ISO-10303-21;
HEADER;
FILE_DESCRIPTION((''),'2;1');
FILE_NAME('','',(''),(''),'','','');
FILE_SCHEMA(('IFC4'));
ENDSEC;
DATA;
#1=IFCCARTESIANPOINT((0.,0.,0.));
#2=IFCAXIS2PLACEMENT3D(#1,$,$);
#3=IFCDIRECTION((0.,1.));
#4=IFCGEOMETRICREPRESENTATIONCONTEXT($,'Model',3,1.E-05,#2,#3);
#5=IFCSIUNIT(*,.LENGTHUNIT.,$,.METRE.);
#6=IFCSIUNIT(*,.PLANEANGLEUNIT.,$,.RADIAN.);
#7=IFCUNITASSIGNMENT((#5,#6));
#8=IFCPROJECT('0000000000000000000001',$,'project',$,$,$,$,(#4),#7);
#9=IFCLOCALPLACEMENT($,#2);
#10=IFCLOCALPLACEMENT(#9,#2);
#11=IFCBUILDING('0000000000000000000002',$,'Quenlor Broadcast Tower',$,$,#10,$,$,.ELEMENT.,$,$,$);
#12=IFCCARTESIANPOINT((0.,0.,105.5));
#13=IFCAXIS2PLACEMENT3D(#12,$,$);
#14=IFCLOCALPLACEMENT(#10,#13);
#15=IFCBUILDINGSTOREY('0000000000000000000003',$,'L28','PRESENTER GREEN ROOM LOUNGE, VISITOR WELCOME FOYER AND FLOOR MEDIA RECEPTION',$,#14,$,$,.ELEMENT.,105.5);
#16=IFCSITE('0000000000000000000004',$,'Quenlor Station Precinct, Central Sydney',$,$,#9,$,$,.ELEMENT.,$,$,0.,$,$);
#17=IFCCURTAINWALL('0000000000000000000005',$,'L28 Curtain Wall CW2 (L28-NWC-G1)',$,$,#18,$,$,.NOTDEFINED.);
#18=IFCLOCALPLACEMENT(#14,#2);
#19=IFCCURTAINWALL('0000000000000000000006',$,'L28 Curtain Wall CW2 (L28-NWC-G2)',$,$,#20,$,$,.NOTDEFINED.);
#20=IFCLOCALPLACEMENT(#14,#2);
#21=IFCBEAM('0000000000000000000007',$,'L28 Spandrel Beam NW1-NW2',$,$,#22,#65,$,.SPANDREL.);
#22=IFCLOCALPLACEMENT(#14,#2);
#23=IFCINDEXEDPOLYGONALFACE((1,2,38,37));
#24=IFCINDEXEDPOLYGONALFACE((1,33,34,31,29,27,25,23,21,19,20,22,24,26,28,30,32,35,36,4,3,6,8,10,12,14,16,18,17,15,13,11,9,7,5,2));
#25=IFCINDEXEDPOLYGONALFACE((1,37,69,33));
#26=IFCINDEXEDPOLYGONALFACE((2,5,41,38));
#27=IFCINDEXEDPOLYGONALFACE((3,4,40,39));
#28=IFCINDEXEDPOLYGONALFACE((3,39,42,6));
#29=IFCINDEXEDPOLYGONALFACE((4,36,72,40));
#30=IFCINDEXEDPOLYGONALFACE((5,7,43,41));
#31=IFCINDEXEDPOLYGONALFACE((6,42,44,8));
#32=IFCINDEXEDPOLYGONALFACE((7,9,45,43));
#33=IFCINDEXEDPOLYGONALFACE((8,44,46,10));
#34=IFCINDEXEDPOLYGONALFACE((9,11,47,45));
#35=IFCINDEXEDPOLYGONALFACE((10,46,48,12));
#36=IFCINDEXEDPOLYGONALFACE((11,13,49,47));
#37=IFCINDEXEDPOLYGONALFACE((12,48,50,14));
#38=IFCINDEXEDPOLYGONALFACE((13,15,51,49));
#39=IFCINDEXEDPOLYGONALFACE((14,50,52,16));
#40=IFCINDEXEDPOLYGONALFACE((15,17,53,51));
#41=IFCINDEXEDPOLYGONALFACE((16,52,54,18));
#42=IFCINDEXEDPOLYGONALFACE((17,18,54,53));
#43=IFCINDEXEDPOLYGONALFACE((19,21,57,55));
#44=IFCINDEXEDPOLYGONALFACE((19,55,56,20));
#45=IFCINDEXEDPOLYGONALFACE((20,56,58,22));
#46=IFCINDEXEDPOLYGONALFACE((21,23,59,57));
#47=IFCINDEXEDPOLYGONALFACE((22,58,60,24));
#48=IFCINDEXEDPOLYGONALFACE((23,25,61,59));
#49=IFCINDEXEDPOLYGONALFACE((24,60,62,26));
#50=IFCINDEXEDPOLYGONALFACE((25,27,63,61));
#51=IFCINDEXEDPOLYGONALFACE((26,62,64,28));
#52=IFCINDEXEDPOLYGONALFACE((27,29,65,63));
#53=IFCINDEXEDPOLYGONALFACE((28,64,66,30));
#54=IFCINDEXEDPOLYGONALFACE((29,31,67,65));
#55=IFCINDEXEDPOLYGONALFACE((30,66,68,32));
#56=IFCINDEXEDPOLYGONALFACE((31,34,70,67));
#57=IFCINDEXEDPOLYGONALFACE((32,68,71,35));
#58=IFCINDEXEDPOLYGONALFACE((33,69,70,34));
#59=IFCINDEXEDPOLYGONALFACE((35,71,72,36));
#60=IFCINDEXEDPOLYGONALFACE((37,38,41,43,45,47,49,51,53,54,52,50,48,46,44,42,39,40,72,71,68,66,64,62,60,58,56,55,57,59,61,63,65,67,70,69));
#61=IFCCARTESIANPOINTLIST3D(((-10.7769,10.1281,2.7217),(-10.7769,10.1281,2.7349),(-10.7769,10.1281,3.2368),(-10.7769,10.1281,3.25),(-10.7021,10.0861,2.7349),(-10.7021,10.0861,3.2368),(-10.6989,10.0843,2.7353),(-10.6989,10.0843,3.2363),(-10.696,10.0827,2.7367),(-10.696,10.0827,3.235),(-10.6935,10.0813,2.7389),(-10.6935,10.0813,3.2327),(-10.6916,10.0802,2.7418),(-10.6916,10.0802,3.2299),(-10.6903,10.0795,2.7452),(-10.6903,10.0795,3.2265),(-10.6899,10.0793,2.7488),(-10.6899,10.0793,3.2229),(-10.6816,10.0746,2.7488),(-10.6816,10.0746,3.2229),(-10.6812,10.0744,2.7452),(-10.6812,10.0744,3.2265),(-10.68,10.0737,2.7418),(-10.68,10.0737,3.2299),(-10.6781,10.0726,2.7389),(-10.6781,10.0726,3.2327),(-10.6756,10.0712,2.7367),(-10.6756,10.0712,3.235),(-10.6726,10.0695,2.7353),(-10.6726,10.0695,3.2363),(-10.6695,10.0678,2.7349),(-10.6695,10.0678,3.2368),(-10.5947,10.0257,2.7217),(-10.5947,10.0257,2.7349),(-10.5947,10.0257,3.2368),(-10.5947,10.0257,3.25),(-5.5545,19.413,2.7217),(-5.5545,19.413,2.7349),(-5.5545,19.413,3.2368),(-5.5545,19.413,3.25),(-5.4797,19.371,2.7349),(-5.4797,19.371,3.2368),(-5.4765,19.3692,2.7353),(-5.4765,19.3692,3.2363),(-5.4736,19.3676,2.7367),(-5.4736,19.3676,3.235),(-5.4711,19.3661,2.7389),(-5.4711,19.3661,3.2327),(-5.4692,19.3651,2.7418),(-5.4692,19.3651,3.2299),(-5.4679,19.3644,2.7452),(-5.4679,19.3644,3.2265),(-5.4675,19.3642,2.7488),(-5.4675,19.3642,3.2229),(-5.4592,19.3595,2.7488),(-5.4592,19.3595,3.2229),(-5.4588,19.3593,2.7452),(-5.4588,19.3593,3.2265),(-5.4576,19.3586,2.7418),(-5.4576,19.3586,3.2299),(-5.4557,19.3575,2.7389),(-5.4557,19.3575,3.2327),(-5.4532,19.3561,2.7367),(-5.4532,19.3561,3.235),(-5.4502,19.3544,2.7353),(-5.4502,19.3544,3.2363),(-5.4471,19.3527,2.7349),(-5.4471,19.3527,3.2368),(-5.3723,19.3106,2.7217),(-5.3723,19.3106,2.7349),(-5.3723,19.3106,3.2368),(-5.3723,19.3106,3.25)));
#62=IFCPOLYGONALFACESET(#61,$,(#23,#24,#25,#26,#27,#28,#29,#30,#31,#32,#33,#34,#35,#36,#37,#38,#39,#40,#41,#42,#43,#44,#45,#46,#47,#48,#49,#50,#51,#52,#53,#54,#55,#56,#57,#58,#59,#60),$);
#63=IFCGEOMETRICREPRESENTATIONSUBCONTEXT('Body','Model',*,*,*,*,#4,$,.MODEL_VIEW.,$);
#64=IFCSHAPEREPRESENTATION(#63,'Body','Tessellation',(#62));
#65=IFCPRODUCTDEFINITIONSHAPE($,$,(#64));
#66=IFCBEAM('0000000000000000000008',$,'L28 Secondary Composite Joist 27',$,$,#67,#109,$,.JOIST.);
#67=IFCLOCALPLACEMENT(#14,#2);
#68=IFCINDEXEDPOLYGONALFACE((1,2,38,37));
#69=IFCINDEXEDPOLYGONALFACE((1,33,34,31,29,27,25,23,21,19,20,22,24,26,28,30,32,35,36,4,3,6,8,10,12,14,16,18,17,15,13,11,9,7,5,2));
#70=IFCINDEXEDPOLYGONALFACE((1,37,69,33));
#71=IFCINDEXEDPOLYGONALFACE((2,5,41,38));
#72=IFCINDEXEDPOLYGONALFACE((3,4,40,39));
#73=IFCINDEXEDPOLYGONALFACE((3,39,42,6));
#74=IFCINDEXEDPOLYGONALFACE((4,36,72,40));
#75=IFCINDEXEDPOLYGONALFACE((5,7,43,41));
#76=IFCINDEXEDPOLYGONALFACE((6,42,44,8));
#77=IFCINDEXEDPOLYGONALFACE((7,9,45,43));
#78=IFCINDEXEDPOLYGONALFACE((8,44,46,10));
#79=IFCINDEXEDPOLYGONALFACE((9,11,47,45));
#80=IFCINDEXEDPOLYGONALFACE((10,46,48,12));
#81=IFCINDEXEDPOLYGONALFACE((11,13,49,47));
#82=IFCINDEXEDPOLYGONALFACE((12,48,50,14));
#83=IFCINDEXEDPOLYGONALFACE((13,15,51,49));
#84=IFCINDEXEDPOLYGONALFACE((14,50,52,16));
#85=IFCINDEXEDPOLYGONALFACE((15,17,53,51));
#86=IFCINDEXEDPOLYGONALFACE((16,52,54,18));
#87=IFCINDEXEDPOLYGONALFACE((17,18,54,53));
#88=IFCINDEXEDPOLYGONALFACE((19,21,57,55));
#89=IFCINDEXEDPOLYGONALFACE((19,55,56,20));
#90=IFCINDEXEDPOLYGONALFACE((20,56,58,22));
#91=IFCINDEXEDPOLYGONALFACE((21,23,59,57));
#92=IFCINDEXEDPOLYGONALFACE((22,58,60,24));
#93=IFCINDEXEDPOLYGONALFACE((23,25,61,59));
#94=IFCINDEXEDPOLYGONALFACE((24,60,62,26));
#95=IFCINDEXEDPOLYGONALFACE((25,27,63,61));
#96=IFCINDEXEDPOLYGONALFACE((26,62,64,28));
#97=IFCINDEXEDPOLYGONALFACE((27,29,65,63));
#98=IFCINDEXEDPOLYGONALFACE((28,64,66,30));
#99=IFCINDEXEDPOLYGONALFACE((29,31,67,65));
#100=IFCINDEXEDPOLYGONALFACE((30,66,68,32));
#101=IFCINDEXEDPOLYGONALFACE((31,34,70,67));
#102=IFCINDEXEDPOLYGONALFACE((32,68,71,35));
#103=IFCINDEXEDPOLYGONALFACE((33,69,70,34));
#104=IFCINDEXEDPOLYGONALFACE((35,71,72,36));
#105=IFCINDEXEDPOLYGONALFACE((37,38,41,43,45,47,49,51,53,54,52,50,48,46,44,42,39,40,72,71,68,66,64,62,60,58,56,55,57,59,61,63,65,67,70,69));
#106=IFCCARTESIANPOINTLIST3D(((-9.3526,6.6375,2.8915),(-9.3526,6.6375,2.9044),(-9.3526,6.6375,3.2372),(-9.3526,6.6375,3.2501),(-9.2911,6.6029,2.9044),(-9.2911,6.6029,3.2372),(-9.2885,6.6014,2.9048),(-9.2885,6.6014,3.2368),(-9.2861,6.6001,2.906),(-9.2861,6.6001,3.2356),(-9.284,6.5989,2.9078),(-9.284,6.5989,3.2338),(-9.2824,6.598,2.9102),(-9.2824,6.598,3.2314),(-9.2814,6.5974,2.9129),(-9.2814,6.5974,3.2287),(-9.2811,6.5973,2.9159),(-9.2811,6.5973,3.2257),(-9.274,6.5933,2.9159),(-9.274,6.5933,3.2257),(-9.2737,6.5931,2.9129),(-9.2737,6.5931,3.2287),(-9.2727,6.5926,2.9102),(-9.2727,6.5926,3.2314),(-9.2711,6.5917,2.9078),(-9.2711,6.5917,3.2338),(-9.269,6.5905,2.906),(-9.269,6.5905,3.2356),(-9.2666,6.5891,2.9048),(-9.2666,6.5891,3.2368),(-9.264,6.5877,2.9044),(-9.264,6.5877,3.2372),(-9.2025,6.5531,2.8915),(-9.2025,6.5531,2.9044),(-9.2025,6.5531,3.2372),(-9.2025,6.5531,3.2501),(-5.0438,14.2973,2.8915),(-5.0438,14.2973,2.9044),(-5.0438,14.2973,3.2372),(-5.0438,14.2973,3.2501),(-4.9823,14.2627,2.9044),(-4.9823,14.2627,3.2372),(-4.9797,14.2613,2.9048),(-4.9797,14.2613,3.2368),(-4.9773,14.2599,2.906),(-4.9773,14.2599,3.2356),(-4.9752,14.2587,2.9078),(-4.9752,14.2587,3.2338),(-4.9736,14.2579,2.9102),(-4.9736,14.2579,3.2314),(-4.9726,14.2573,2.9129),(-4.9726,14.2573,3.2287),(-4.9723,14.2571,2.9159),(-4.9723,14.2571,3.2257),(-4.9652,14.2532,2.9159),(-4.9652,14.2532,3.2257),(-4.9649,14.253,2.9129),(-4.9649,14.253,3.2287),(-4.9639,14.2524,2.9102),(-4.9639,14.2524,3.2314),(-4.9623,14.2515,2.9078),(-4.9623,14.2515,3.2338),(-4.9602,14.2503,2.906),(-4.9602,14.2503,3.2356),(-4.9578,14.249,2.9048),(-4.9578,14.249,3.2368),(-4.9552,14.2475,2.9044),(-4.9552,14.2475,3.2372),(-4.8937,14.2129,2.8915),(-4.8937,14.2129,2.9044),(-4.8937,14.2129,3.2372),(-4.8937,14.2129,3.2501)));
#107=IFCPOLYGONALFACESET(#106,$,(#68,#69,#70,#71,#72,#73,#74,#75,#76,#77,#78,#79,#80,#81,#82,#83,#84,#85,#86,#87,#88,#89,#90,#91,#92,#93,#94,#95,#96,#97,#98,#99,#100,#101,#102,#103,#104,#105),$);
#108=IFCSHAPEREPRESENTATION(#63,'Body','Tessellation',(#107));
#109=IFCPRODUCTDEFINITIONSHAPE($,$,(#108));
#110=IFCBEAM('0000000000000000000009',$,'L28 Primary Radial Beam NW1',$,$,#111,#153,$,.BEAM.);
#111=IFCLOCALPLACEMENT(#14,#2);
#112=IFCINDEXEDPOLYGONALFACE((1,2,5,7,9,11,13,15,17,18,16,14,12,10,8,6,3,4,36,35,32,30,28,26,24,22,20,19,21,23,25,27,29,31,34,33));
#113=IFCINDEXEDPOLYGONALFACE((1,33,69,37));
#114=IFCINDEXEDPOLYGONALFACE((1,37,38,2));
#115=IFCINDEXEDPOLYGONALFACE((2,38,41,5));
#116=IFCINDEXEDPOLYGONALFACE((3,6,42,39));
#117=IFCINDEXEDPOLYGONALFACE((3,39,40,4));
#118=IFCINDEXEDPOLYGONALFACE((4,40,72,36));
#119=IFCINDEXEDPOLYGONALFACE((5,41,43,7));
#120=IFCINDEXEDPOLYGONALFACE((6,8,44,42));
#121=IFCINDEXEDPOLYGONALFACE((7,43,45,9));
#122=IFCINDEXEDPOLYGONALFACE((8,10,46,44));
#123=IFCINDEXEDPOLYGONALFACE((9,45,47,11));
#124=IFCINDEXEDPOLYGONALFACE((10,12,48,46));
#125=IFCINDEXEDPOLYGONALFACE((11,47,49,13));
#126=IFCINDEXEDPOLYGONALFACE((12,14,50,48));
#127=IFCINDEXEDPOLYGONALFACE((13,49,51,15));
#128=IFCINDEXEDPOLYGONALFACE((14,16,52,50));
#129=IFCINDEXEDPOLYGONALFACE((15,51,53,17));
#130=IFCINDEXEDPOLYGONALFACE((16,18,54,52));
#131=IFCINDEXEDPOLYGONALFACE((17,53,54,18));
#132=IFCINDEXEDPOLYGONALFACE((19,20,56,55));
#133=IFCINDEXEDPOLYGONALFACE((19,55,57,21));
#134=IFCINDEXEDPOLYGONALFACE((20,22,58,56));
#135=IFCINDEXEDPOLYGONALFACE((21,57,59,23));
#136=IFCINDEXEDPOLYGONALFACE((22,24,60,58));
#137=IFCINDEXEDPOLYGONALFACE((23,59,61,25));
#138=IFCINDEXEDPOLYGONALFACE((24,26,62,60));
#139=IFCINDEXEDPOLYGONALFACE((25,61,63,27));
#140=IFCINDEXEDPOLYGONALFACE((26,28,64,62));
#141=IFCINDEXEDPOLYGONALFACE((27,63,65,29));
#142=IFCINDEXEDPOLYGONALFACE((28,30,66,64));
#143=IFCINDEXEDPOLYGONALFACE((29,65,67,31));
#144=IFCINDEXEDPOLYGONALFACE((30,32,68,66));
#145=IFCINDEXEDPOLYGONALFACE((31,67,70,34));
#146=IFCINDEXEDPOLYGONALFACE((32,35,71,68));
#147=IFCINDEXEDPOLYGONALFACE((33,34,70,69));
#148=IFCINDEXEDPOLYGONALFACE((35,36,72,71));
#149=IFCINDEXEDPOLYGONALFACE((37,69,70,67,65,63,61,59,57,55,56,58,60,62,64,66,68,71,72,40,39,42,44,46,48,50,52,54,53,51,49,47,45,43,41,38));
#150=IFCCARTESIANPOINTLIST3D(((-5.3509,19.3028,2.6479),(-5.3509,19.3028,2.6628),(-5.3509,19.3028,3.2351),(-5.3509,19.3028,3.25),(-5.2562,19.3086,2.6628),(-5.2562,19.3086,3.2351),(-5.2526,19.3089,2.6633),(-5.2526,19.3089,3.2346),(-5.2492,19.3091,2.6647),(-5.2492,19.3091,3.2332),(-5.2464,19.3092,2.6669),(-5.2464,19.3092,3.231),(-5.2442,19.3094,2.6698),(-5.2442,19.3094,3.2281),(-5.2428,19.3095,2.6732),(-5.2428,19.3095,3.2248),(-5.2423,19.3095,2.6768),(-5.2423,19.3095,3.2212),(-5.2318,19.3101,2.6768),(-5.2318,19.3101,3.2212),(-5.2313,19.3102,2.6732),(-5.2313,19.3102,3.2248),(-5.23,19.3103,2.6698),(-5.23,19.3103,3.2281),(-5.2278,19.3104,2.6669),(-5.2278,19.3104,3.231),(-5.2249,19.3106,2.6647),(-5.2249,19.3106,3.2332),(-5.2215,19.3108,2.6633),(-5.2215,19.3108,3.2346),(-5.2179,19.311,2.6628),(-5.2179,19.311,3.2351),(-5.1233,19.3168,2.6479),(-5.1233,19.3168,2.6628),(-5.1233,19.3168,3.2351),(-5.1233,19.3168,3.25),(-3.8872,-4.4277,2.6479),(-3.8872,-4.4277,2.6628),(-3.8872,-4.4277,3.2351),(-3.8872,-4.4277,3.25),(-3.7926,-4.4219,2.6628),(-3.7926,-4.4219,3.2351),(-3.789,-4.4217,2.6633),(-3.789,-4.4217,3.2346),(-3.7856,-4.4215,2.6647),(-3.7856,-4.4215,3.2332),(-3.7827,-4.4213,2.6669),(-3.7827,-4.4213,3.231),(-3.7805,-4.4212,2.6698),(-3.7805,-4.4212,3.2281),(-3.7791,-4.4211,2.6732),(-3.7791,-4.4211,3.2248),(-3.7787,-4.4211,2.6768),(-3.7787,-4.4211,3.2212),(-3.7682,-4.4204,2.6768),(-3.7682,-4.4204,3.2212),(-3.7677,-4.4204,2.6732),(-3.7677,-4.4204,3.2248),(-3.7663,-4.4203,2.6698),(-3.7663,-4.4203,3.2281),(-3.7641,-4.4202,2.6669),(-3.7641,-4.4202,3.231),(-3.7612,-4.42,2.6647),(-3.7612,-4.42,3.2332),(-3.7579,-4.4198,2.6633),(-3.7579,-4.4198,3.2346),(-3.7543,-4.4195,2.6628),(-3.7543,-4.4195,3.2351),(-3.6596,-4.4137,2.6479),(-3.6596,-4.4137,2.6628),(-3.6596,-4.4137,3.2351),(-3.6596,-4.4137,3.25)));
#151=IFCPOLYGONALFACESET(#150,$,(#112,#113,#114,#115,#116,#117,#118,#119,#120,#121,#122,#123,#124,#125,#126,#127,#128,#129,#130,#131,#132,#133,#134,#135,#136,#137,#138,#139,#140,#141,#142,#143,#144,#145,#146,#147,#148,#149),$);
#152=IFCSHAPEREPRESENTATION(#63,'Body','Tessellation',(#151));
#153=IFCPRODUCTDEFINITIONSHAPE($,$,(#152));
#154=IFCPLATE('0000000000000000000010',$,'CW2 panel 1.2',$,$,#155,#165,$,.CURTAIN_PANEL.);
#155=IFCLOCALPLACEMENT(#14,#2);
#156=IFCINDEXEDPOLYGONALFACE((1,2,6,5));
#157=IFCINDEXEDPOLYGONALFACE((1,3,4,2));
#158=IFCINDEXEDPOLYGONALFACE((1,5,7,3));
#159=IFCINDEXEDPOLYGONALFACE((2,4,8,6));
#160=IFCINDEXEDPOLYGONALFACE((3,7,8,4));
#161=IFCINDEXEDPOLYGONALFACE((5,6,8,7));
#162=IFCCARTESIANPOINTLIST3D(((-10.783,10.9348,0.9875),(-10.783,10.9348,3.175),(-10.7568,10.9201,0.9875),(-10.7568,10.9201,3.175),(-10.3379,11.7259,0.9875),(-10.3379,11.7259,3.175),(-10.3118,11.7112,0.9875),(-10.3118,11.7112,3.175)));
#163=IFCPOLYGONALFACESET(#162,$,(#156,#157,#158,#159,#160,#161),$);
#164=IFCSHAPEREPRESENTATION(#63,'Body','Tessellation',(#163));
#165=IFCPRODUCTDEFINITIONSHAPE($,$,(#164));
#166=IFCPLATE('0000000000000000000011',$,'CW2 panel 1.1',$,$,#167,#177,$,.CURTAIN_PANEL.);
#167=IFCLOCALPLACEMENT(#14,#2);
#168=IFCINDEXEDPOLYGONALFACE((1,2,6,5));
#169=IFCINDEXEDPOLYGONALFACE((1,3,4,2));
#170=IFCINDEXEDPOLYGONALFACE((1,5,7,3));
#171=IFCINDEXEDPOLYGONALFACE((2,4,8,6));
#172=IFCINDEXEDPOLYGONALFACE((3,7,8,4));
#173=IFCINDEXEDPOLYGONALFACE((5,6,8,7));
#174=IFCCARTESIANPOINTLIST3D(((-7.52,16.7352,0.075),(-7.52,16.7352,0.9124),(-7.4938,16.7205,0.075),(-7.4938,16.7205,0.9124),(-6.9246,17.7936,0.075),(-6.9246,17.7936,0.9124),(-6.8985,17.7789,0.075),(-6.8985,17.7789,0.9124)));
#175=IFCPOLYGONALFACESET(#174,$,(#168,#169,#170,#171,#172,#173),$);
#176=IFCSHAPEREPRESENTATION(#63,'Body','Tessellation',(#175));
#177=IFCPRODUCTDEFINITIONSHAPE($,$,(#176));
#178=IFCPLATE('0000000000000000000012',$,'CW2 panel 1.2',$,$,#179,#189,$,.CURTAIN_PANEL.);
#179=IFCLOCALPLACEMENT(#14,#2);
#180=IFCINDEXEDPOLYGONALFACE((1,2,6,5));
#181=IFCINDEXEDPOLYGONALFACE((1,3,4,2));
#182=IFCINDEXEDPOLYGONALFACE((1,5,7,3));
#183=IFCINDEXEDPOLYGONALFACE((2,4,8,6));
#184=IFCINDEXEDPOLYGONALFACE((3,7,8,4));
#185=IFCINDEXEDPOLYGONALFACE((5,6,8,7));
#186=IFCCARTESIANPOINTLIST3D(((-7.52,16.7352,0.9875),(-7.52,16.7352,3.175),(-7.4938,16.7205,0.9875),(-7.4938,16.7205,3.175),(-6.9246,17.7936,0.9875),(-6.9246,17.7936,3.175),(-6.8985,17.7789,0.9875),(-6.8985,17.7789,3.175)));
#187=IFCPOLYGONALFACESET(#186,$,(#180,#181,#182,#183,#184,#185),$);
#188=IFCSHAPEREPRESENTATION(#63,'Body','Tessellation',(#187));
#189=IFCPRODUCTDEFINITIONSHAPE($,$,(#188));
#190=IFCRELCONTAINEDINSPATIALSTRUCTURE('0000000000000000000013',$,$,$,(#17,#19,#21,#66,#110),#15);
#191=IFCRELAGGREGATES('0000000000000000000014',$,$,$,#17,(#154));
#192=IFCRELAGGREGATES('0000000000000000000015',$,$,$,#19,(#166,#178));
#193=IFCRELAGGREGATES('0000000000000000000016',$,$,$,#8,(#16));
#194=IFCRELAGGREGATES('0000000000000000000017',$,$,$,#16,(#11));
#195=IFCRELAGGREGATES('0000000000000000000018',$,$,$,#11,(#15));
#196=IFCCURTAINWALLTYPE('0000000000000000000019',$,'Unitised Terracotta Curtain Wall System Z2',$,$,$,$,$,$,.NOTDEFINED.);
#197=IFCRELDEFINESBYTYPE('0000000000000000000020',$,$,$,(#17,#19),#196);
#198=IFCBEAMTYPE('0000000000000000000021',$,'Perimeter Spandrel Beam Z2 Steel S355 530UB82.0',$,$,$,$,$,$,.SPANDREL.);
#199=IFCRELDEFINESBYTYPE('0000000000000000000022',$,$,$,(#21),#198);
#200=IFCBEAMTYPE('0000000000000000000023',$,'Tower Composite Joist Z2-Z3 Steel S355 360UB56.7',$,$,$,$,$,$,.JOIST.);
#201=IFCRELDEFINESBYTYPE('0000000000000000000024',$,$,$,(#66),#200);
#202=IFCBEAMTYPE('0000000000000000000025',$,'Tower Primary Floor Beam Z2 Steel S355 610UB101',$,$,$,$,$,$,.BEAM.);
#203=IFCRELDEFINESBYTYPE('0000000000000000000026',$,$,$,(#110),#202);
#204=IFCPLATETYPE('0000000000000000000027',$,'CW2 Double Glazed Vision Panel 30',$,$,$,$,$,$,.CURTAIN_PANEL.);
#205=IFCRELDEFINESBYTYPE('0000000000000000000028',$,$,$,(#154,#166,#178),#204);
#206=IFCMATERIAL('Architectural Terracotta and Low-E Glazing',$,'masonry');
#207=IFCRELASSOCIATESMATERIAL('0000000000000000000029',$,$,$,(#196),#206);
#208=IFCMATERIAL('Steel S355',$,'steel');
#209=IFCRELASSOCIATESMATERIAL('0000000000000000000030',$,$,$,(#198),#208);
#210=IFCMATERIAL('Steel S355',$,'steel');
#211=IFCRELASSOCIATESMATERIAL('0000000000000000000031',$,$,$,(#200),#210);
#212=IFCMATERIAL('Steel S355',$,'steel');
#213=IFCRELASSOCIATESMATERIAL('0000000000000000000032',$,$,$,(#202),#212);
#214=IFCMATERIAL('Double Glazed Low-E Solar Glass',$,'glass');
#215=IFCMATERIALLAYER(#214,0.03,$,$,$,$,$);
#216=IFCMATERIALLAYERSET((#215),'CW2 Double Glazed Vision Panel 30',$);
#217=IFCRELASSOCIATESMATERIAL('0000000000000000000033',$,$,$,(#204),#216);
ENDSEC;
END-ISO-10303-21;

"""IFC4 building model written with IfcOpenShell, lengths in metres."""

from ifc_helpers import new_model, si_unit, direction, frame, origin, origin_2d, place, context, subcontext, project, spatial, rectangle, i_section, extrude, material, layer, layer_set, material_profile, profile_set, type_object, element, aggregate, save


model = new_model("IFC4")

# Units and contexts
model_context = context("Model", 3, precision=1e-05, world=origin(), true_north=direction((0.0, 1.0)))
body_context = subcontext(model_context, "Body", "Model", "MODEL_VIEW")
ifc_project = project(units=[si_unit("LENGTHUNIT", "METRE"), si_unit("PLANEANGLEUNIT", "RADIAN")], contexts=[model_context])

# Site, building, storey
site_placement = place(None, origin())
site = spatial("IfcSite", under=ifc_project, at=site_placement, Name="Quenlor Station Precinct, Central Sydney", CompositionType="ELEMENT", RefElevation=0.0)
building_placement = place(site_placement, origin())
building = spatial("IfcBuilding", under=site, at=building_placement, Name="Quenlor Broadcast Tower", CompositionType="ELEMENT")
storey_placement = place(building_placement, frame((0.0, 0.0, 105.5)))
storey = spatial("IfcBuildingStorey", under=building, at=storey_placement, Name="L28", Description="PRESENTER GREEN ROOM LOUNGE, VISITOR WELCOME FOYER AND FLOOR MEDIA RECEPTION", CompositionType="ELEMENT", Elevation=105.5)

# Curtain wall
ifc_material_1 = material(Name="Architectural Terracotta and Low-E Glazing", Category="masonry")
curtain_wall_type = type_object("IfcCurtainWallType", Name="Unitised Terracotta Curtain Wall System Z2", PredefinedType="NOTDEFINED", material=ifc_material_1)
curtain_wall_1_placement = place(storey_placement, origin())
curtain_wall_1 = element("IfcCurtainWall", 1, at=curtain_wall_1_placement, inside=storey, type_object=curtain_wall_type, Name="L28 Curtain Wall CW2 (L28-NWC-G1)", PredefinedType="NOTDEFINED")

# Curtain wall
curtain_wall_2_placement = place(storey_placement, origin())
curtain_wall_2 = element("IfcCurtainWall", 2, at=curtain_wall_2_placement, inside=storey, type_object=curtain_wall_type, Name="L28 Curtain Wall CW2 (L28-NWC-G2)", PredefinedType="NOTDEFINED")

# Beams
ifc_material_2 = material(Name="Steel S355", Category="steel")
ifc_material_profile_1 = material_profile(ifc_material_2, i_section(OverallWidth=0.209, OverallDepth=0.5283, WebThickness=0.0095, FlangeThickness=0.0132, FilletRadius=0.0139, at=origin_2d()))
ifc_profile_set_1 = profile_set([ifc_material_profile_1], Name="Steel S355 530UB82.0")
beam_type_1 = type_object("IfcBeamType", Name="Perimeter Spandrel Beam Z2 Steel S355 530UB82.0", PredefinedType="SPANDREL", material=ifc_profile_set_1)
beam_1_placement = place(storey_placement, frame((-5.4634, 19.3618, 2.9858), z_axis=(-0.490236, -0.87159, 0.0), x_axis=(0.87159, -0.490236, 0.0)))
element("IfcBeam", 3, at=beam_1_placement, inside=storey, type_object=beam_type_1, Name="L28 Spandrel Beam NW1-NW2", PredefinedType="SPANDREL", context=body_context, shape_type="SweptSolid", body=[
    extrude(i_section(OverallWidth=0.209, OverallDepth=0.5283, WebThickness=0.0095, FlangeThickness=0.0132, FilletRadius=0.0139, at=origin_2d()), origin(), (0.0, 0.0, 1.0), 10.6528),
])
ifc_material_3 = material(Name="Steel S355", Category="steel")
ifc_material_profile_2 = material_profile(ifc_material_3, i_section(OverallWidth=0.1721, OverallDepth=0.3586, WebThickness=0.0081, FlangeThickness=0.0129, FilletRadius=0.0115, at=origin_2d()))
ifc_profile_set_2 = profile_set([ifc_material_profile_2], Name="Steel S355 360UB56.7")
beam_type_2 = type_object("IfcBeamType", Name="Tower Composite Joist Z2-Z3 Steel S355 360UB56.7", PredefinedType="JOIST", material=ifc_profile_set_2)
beam_2_placement = place(storey_placement, frame((-4.9688, 14.2551, 3.0708), z_axis=(-0.490273, -0.871569, 0.0), x_axis=(0.871569, -0.490273, 0.0)))
element("IfcBeam", 4, at=beam_2_placement, inside=storey, type_object=beam_type_2, Name="L28 Secondary Composite Joist 27", PredefinedType="JOIST", context=body_context, shape_type="SweptSolid", body=[
    extrude(i_section(OverallWidth=0.1721, OverallDepth=0.3586, WebThickness=0.0081, FlangeThickness=0.0129, FilletRadius=0.0115, at=origin_2d()), origin(), (0.0, 0.0, 1.0), 8.7886),
])
ifc_material_4 = material(Name="Steel S355", Category="steel")
ifc_material_profile_3 = material_profile(ifc_material_4, i_section(OverallWidth=0.228, OverallDepth=0.6021, WebThickness=0.0105, FlangeThickness=0.0149, FilletRadius=0.0139, at=origin_2d()))
ifc_profile_set_3 = profile_set([ifc_material_profile_3], Name="Steel S355 610UB101")
beam_type_3 = type_object("IfcBeamType", Name="Tower Primary Floor Beam Z2 Steel S355 610UB101", PredefinedType="BEAM", material=ifc_profile_set_3)
beam_3_placement = place(storey_placement, frame((-5.2371, 19.3098, 2.949), z_axis=(0.06156, -0.998103, 0.0), x_axis=(0.998103, 0.06156, 0.0)))
element("IfcBeam", 5, at=beam_3_placement, inside=storey, type_object=beam_type_3, Name="L28 Primary Radial Beam NW1", PredefinedType="BEAM", context=body_context, shape_type="SweptSolid", body=[
    extrude(i_section(OverallWidth=0.228, OverallDepth=0.6021, WebThickness=0.0105, FlangeThickness=0.0149, FilletRadius=0.0139, at=origin_2d()), origin(), (0.0, 0.0, 1.0), 23.7756),
])

# Plates
ifc_material_5 = material(Name="Double Glazed Low-E Solar Glass", Category="glass")
ifc_layer_1 = layer(ifc_material_5, 0.03)
ifc_layer_set_1 = layer_set([ifc_layer_1], Name="CW2 Double Glazed Vision Panel 30")
plate_type_1 = type_object("IfcPlateType", Name="CW2 Double Glazed Vision Panel 30", PredefinedType="CURTAIN_PANEL", material=ifc_layer_set_1)
plate_1_placement = place(storey_placement, frame((-10.5474, 11.323, 0.9875), z_axis=(0.0, 0.0, 1.0), x_axis=(0.490252, 0.871581, 0.0)))
plate_1 = element("IfcPlate", 6, at=plate_1_placement, type_object=plate_type_1, Name="CW2 panel 1.2", PredefinedType="CURTAIN_PANEL", context=body_context, shape_type="SweptSolid", body=[
    extrude(rectangle(XDim=0.9077, YDim=0.03, at=origin_2d()), origin(), (0.0, 0.0, 1.0), 2.1875),
])
aggregate(curtain_wall_1, [plate_1])
plate_2_placement = place(storey_placement, frame((-7.2092, 17.2571, 0.075), z_axis=(0.0, 0.0, 1.0), x_axis=(0.490247, 0.871583, 0.0)))
plate_2 = element("IfcPlate", 7, at=plate_2_placement, type_object=plate_type_1, Name="CW2 panel 1.1", PredefinedType="CURTAIN_PANEL", context=body_context, shape_type="SweptSolid", body=[
    extrude(rectangle(XDim=1.2144, YDim=0.03, at=origin_2d()), origin(), (0.0, 0.0, 1.0), 0.8374),
])
plate_3_placement = place(storey_placement, frame((-7.2092, 17.2571, 0.9875), z_axis=(0.0, 0.0, 1.0), x_axis=(0.490247, 0.871583, 0.0)))
plate_3 = element("IfcPlate", 8, at=plate_3_placement, type_object=plate_type_1, Name="CW2 panel 1.2", PredefinedType="CURTAIN_PANEL", context=body_context, shape_type="SweptSolid", body=[
    extrude(rectangle(XDim=1.2144, YDim=0.03, at=origin_2d()), origin(), (0.0, 0.0, 1.0), 2.1875),
])
aggregate(curtain_wall_2, [plate_2, plate_3])

save(model, "model.ifc")
